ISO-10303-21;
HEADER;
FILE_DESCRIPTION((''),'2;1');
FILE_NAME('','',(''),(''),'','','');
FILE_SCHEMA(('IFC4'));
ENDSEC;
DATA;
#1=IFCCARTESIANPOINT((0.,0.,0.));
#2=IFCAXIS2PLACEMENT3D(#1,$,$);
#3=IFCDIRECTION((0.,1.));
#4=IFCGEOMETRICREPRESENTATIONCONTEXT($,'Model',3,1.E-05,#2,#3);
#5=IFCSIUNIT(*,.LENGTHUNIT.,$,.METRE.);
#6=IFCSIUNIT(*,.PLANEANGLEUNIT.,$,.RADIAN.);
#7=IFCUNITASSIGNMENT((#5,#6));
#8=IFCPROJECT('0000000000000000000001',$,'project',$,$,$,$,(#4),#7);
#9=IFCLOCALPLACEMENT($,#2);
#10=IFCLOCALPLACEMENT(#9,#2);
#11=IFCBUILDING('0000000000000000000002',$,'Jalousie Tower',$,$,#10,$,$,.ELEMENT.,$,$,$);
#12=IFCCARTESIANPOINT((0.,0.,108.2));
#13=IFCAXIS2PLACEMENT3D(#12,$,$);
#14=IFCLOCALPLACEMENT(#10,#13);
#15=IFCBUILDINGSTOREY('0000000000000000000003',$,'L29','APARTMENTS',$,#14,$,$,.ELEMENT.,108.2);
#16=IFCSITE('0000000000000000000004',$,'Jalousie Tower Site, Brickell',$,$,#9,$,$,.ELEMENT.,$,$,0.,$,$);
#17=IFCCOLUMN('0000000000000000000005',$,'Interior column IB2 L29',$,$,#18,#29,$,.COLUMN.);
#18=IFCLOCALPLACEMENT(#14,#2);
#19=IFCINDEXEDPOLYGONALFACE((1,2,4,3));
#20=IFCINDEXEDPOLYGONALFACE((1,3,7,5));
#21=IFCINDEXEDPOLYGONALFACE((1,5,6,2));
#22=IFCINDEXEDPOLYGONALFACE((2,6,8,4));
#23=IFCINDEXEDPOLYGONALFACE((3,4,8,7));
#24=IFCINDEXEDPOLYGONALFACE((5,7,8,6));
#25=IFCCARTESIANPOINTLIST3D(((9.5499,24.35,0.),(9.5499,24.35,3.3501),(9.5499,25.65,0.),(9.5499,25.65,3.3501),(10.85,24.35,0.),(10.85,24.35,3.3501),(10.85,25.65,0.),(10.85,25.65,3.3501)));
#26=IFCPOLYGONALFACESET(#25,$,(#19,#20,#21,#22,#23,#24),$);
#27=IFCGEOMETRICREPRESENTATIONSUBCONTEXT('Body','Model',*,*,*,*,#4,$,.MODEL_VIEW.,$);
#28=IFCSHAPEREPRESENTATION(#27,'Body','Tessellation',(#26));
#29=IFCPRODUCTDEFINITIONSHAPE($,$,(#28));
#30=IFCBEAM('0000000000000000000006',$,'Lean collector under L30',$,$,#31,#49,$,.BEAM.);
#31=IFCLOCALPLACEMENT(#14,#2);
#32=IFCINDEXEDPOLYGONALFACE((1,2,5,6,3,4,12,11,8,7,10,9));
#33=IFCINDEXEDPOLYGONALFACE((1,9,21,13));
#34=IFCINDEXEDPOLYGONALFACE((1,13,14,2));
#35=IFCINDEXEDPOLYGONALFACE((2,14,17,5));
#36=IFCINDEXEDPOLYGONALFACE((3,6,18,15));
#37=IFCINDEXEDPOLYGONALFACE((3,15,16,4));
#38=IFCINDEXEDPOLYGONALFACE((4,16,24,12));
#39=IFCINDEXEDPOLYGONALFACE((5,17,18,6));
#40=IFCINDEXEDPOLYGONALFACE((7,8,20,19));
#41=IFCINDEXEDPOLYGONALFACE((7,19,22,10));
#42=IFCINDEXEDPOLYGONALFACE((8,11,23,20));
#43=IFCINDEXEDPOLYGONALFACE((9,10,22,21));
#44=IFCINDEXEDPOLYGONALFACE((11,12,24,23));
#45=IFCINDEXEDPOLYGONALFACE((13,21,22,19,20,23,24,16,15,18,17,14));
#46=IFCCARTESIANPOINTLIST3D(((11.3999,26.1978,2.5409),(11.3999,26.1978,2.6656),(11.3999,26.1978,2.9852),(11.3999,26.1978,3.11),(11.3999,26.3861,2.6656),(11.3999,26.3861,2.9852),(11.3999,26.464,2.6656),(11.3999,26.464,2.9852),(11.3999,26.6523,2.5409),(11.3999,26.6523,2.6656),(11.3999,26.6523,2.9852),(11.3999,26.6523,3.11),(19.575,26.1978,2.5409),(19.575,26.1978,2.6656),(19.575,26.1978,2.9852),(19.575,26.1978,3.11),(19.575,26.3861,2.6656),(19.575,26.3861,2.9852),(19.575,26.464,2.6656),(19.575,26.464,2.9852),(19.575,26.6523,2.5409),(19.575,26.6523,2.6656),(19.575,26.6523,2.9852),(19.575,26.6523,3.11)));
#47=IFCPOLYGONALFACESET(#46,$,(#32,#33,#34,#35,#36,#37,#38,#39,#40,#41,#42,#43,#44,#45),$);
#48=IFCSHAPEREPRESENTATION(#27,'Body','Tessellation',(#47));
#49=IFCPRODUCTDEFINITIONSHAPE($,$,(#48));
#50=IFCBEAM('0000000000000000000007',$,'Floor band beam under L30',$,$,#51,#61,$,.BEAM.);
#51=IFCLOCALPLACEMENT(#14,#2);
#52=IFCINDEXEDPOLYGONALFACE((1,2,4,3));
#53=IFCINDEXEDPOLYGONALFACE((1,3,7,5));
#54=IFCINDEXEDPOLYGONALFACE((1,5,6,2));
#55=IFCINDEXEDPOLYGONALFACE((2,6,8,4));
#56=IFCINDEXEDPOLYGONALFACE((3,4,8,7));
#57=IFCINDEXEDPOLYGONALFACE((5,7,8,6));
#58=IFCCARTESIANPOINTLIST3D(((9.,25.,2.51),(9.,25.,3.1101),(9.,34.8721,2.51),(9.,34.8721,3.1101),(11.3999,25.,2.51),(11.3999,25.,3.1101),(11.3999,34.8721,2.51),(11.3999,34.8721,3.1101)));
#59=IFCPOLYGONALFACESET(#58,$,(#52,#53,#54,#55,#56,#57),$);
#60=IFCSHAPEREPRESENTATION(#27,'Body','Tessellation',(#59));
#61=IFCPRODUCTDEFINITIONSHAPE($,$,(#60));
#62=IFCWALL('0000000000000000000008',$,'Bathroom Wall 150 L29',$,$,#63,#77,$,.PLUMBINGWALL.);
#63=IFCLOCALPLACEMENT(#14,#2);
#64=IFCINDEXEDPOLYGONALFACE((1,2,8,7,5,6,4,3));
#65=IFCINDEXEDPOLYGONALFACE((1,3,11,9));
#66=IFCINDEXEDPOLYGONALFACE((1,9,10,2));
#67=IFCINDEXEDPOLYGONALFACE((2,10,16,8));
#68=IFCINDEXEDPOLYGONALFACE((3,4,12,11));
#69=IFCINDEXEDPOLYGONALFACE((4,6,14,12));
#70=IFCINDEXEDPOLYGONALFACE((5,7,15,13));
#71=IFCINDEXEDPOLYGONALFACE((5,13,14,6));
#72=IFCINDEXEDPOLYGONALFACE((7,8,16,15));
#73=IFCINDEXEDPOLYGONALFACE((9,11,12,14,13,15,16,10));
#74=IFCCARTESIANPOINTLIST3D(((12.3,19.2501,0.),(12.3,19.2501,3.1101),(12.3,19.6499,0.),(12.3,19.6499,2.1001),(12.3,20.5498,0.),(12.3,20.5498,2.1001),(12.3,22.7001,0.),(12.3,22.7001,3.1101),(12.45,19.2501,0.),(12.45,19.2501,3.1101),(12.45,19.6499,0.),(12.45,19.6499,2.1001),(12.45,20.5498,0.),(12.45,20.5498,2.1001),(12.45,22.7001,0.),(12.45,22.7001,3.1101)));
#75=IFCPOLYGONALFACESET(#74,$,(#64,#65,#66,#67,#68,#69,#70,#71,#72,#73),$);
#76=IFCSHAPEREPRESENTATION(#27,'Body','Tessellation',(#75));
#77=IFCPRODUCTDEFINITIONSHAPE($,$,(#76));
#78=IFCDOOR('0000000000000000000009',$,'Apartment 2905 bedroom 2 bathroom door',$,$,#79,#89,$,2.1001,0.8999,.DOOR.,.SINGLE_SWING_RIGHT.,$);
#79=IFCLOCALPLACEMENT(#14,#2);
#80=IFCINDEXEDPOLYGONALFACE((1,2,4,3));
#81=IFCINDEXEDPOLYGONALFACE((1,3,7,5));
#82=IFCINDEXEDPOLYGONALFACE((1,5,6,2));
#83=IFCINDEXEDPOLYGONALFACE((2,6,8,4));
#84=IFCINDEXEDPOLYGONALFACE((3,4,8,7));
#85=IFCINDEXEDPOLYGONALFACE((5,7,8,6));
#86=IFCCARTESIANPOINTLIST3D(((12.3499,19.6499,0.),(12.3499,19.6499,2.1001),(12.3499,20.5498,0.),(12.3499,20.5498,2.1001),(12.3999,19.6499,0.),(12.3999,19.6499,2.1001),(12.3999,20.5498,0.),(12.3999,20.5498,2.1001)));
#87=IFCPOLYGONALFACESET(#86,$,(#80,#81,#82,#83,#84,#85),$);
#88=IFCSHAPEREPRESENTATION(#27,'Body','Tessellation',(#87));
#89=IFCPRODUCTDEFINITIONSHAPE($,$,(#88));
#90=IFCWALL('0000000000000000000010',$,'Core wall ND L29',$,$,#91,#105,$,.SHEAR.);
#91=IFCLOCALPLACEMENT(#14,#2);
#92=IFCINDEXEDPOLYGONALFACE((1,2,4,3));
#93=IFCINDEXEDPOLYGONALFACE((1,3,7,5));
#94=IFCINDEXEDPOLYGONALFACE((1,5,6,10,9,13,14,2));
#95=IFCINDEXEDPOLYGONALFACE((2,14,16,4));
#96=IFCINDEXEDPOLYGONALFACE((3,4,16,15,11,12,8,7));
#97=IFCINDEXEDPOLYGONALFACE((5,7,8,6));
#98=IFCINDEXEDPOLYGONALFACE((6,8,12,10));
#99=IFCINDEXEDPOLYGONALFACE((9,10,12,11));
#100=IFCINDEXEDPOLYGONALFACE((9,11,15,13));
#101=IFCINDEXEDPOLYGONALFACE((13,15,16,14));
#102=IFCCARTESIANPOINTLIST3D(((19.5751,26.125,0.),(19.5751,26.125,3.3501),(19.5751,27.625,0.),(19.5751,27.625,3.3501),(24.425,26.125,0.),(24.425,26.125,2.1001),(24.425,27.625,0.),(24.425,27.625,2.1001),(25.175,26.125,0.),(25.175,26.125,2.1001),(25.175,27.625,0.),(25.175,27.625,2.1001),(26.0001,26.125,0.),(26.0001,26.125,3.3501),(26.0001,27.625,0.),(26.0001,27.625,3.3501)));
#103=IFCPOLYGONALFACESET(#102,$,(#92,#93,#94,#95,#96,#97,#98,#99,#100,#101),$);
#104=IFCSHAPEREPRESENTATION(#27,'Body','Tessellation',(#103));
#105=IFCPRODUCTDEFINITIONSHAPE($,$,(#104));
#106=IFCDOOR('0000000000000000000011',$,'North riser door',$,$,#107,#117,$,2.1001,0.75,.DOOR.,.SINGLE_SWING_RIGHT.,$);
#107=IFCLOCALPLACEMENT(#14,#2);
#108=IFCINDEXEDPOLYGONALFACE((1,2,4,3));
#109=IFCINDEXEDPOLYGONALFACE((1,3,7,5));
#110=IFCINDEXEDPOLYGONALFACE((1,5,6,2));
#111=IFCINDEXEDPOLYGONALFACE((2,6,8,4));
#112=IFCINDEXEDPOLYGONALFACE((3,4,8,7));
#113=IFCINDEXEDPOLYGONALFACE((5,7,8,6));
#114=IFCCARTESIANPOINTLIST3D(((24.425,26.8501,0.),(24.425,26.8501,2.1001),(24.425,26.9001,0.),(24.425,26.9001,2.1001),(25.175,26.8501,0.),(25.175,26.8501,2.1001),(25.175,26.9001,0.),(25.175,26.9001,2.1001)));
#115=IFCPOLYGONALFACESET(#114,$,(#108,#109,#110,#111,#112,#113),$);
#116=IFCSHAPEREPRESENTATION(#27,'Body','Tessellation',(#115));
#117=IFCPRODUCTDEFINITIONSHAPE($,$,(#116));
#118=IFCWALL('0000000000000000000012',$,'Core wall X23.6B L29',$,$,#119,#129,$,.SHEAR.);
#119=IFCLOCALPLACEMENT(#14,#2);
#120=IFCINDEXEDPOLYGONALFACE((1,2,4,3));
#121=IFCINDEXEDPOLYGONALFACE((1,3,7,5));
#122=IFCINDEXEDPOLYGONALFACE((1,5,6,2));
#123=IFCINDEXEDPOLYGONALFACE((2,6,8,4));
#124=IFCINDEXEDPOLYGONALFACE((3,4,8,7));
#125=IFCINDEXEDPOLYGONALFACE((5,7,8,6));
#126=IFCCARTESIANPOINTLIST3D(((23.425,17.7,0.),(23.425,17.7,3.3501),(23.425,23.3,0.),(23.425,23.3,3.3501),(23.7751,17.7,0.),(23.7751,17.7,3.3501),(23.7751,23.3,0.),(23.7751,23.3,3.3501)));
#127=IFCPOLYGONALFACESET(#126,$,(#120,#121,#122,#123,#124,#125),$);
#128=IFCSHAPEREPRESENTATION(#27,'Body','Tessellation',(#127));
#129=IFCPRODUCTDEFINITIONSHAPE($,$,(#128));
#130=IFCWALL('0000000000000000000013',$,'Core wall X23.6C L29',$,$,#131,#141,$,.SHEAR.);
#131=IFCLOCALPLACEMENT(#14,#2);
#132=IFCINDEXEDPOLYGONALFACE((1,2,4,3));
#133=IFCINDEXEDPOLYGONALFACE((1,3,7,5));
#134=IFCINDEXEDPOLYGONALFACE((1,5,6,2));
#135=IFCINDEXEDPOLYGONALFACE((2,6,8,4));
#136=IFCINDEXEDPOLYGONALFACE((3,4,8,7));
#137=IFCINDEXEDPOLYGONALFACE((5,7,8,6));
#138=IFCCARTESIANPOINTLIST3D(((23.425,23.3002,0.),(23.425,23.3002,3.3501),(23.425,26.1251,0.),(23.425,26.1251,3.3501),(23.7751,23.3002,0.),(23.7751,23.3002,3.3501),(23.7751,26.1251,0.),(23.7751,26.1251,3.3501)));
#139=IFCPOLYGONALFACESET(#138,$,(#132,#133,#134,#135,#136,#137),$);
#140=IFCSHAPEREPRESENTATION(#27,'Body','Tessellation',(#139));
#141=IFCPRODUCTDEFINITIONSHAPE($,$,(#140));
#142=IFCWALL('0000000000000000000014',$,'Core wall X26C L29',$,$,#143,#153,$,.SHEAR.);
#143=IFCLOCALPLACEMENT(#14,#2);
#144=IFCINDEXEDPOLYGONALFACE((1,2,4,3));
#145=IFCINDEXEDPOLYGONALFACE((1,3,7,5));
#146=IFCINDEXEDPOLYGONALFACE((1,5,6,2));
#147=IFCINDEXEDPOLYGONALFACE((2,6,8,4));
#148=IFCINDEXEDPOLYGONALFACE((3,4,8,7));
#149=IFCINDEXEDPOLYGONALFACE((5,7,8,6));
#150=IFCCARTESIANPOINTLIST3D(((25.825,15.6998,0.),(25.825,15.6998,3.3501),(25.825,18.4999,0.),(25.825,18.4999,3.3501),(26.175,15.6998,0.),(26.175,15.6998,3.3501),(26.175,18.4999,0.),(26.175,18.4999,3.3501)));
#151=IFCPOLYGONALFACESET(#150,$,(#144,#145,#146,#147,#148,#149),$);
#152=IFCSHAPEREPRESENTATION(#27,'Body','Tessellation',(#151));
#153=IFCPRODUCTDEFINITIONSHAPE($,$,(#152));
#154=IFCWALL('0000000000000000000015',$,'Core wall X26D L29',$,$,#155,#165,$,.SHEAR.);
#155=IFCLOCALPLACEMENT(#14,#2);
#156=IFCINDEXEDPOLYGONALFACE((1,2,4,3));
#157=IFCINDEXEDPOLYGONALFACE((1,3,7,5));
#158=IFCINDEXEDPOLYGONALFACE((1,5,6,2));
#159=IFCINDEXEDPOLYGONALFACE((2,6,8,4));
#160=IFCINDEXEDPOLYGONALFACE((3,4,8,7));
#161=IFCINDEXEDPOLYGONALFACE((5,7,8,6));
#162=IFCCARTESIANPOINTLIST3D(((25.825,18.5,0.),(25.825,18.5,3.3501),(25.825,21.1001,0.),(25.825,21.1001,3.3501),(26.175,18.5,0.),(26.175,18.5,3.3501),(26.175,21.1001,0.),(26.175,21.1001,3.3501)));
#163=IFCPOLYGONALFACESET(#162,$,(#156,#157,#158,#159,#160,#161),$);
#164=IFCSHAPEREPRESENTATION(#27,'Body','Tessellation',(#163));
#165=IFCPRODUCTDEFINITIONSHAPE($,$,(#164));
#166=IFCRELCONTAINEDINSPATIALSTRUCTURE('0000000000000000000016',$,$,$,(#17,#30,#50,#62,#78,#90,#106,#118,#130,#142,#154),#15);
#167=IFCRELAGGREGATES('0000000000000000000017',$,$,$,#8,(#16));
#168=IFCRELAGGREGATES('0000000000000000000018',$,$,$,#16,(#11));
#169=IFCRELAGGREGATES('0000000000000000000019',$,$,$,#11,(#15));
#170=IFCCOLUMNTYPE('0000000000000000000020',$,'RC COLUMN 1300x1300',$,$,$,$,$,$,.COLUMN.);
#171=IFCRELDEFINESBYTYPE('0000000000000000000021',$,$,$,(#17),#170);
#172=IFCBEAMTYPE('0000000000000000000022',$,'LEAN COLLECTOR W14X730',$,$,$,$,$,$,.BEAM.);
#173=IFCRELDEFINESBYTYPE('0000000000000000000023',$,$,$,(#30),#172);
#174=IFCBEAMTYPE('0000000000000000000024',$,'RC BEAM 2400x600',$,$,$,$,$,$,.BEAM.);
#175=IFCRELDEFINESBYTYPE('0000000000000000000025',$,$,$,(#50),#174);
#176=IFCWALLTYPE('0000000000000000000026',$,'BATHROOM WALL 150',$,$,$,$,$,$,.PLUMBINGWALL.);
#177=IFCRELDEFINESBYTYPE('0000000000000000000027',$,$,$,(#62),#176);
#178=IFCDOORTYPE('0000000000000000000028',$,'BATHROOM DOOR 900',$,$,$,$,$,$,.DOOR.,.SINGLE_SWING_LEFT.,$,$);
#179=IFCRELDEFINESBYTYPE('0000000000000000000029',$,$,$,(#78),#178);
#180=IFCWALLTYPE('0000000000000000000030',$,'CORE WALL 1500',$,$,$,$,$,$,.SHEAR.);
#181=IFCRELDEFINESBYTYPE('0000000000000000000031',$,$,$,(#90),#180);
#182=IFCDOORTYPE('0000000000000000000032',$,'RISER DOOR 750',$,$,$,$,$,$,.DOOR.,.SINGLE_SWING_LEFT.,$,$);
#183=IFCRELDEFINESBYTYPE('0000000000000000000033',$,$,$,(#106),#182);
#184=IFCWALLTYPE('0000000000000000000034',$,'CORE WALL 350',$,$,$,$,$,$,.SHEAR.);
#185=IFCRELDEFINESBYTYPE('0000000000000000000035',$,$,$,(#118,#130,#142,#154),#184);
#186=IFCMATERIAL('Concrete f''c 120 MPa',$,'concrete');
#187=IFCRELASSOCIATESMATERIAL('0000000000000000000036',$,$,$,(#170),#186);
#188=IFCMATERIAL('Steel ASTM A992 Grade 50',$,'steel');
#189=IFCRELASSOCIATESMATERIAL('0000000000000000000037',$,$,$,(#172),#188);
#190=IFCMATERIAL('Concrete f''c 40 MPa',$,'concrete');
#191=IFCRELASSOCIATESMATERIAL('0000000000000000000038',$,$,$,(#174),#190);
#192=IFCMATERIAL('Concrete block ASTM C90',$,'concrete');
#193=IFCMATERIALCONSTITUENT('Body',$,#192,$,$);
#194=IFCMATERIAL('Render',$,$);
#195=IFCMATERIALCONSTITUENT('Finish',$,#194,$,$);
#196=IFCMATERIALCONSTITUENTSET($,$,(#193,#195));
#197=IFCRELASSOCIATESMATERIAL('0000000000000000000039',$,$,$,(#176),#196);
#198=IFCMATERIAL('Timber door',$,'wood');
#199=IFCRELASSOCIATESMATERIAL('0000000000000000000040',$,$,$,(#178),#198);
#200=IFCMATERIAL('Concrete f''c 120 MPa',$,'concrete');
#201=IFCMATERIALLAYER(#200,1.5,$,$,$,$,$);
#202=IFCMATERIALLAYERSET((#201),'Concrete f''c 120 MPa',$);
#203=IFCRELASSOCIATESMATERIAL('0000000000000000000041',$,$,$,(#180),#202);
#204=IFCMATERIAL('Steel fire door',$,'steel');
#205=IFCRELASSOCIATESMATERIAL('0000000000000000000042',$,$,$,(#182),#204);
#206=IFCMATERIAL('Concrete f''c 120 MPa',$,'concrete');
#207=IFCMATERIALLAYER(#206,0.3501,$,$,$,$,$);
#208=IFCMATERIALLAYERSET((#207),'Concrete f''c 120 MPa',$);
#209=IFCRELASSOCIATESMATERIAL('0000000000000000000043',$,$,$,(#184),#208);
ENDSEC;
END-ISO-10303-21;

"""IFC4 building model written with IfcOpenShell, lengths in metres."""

from ifc_helpers import new_model, si_unit, direction, frame, frame_2d, origin, origin_2d, place, context, subcontext, project, spatial, rectangle, i_section, extrude, material, layer, layer_set, constituent, constituent_set, material_profile, profile_set, type_object, element, fill, save


model = new_model("IFC4")

# Units and contexts
model_context = context("Model", 3, precision=1e-05, world=origin(), true_north=direction((0.0, 1.0)))
body_context = subcontext(model_context, "Body", "Model", "MODEL_VIEW")
ifc_project = project(units=[si_unit("LENGTHUNIT", "METRE"), si_unit("PLANEANGLEUNIT", "RADIAN")], contexts=[model_context])

# Site, building, storey
site_placement = place(None, origin())
site = spatial("IfcSite", under=ifc_project, at=site_placement, Name="Jalousie Tower Site, Brickell", CompositionType="ELEMENT", RefElevation=0.0)
building_placement = place(site_placement, origin())
building = spatial("IfcBuilding", under=site, at=building_placement, Name="Jalousie Tower", CompositionType="ELEMENT")
storey_placement = place(building_placement, frame((0.0, 0.0, 108.2)))
storey = spatial("IfcBuildingStorey", under=building, at=storey_placement, Name="L29", Description="APARTMENTS", CompositionType="ELEMENT", Elevation=108.2)

# Column
ifc_material_1 = material(Name="Concrete f'c 120 MPa", Category="concrete")
ifc_material_profile_1 = material_profile(ifc_material_1, rectangle(XDim=1.3, YDim=1.3, at=origin_2d()), Name="RC 1300x1300")
ifc_profile_set_1 = profile_set([ifc_material_profile_1], Name="Concrete f'c 120 MPa")
column_type = type_object("IfcColumnType", Name="RC COLUMN 1300x1300", PredefinedType="COLUMN", material=ifc_profile_set_1)
column_placement = place(storey_placement, frame((10.2, 25.0, 0.0), z_axis=(0.0, 0.0, 1.0), x_axis=(1.0, 0.0, 0.0)))
element("IfcColumn", 1, at=column_placement, inside=storey, type_object=column_type, Name="Interior column IB2 L29", PredefinedType="COLUMN", context=body_context, shape_type="SweptSolid", body=[
    extrude(rectangle(XDim=1.3, YDim=1.3, at=origin_2d()), origin(), (0.0, 0.0, 1.0), 3.3501),
])

# Beams
ifc_material_2 = material(Name="Steel ASTM A992 Grade 50", Category="steel")
ifc_material_profile_2 = material_profile(ifc_material_2, i_section(OverallWidth=0.4546, OverallDepth=0.5691, WebThickness=0.0779, FlangeThickness=0.1248, at=origin_2d()), Name="W14X730")
ifc_profile_set_2 = profile_set([ifc_material_profile_2], Name="Steel ASTM A992 Grade 50")
beam_type_1 = type_object("IfcBeamType", Name="LEAN COLLECTOR W14X730", PredefinedType="BEAM", material=ifc_profile_set_2)
beam_1_placement = place(storey_placement, frame((11.3999, 26.425, 2.8254), z_axis=(1.0, 0.0, 0.0), x_axis=(0.0, 1.0, 0.0)))
element("IfcBeam", 2, at=beam_1_placement, inside=storey, type_object=beam_type_1, Name="Lean collector under L30", PredefinedType="BEAM", context=body_context, shape_type="SweptSolid", body=[
    extrude(i_section(OverallWidth=0.4546, OverallDepth=0.5691, WebThickness=0.0779, FlangeThickness=0.1248, at=origin_2d()), origin(), (0.0, 0.0, 1.0), 8.175),
])
ifc_material_3 = material(Name="Concrete f'c 40 MPa", Category="concrete")
ifc_material_profile_3 = material_profile(ifc_material_3, rectangle(XDim=2.3999, YDim=0.6001, at=origin_2d()), Name="RC 2400x600")
ifc_profile_set_3 = profile_set([ifc_material_profile_3], Name="Concrete f'c 40 MPa")
beam_type_2 = type_object("IfcBeamType", Name="RC BEAM 2400x600", PredefinedType="BEAM", material=ifc_profile_set_3)
beam_2_placement = place(storey_placement, frame((10.2, 25.0, 2.8101), z_axis=(0.0, 1.0, 0.0), x_axis=(-1.0, 0.0, 0.0)))
element("IfcBeam", 3, at=beam_2_placement, inside=storey, type_object=beam_type_2, Name="Floor band beam under L30", PredefinedType="BEAM", context=body_context, shape_type="SweptSolid", body=[
    extrude(rectangle(XDim=2.3999, YDim=0.6001, at=origin_2d()), origin(), (0.0, 0.0, 1.0), 9.8721),
])

# Walls, openings, doors
ifc_material_4 = material(Name="Concrete block ASTM C90", Category="concrete")
ifc_constituent_1 = constituent(ifc_material_4, Name="Body")
ifc_material_5 = material(Name="Render")
ifc_constituent_2 = constituent(ifc_material_5, Name="Finish")
ifc_constituent_set_1 = constituent_set(constituents=[ifc_constituent_1, ifc_constituent_2])
wall_type_1 = type_object("IfcWallType", Name="BATHROOM WALL 150", PredefinedType="PLUMBINGWALL", material=ifc_constituent_set_1)
wall_1_placement = place(storey_placement, frame((12.375, 19.25, 0.0), z_axis=(0.0, 0.0, 1.0), x_axis=(0.0, 1.0, 0.0)))
wall_1 = element("IfcWall", 4, at=wall_1_placement, inside=storey, type_object=wall_type_1, Name="Bathroom Wall 150 L29", PredefinedType="PLUMBINGWALL", context=body_context, shape_type="SweptSolid", body=[
    extrude(rectangle(XDim=3.45, YDim=0.1499, at=frame_2d((1.7251, 0.0))), origin(), (0.0, 0.0, 1.0), 3.1101),
])
opening_1_placement = place(wall_1_placement, frame((0.3999, 0.0, 0.0)))
opening_1 = element("IfcOpeningElement", 5, at=opening_1_placement, cuts=wall_1, PredefinedType="OPENING", context=body_context, shape_type="SweptSolid", body=[
    extrude(rectangle(XDim=0.8999, YDim=2.1001, at=frame_2d((0.45, 1.05))), frame((0.0, 0.085, 0.0), z_axis=(0.0, -1.0, 0.0), x_axis=(1.0, 0.0, 0.0)), (0.0, 0.0, 1.0), 0.1699),
])
ifc_material_6 = material(Name="Timber door", Category="wood")
door_type_1 = type_object("IfcDoorType", Name="BATHROOM DOOR 900", OperationType="SINGLE_SWING_LEFT", PredefinedType="DOOR", material=ifc_material_6)
door_1_placement = place(opening_1_placement, frame((0.8999, 0.0, 0.0), z_axis=(0.0, 0.0, 1.0), x_axis=(-1.0, 0.0, 0.0)))
door_1 = element("IfcDoor", 6, at=door_1_placement, inside=storey, type_object=door_type_1, Name="Apartment 2905 bedroom 2 bathroom door", OperationType="SINGLE_SWING_RIGHT", OverallHeight=2.1001, OverallWidth=0.8999, PredefinedType="DOOR", context=body_context, shape_type="SweptSolid", body=[
    extrude(rectangle(XDim=0.8999, YDim=2.1001, at=frame_2d((0.45, 1.05))), frame((0.0, 0.0249, 0.0), z_axis=(0.0, -1.0, 0.0), x_axis=(1.0, 0.0, 0.0)), (0.0, 0.0, 1.0), 0.05),
])
fill(opening_1, door_1)
ifc_material_7 = material(Name="Concrete f'c 120 MPa", Category="concrete")
ifc_layer_1 = layer(ifc_material_7, 1.5)
ifc_layer_set_1 = layer_set([ifc_layer_1], Name="Concrete f'c 120 MPa")
wall_type_2 = type_object("IfcWallType", Name="CORE WALL 1500", PredefinedType="SHEAR", material=ifc_layer_set_1)
wall_2_placement = place(storey_placement, frame((26.0, 26.875, 0.0), z_axis=(0.0, 0.0, 1.0), x_axis=(-1.0, 0.0, 0.0)))
wall_2 = element("IfcWall", 7, at=wall_2_placement, inside=storey, type_object=wall_type_2, Name="Core wall ND L29", PredefinedType="SHEAR", context=body_context, shape_type="SweptSolid", body=[
    extrude(rectangle(XDim=6.425, YDim=1.5, at=frame_2d((3.2124, 0.0))), origin(), (0.0, 0.0, 1.0), 3.3501),
])
opening_2_placement = place(wall_2_placement, frame((0.825, 0.0, 0.0)))
opening_2 = element("IfcOpeningElement", 8, at=opening_2_placement, cuts=wall_2, PredefinedType="OPENING", context=body_context, shape_type="SweptSolid", body=[
    extrude(rectangle(XDim=0.75, YDim=2.1001, at=frame_2d((0.375, 1.05))), frame((0.0, 0.76, 0.0), z_axis=(0.0, -1.0, 0.0), x_axis=(1.0, 0.0, 0.0)), (0.0, 0.0, 1.0), 1.52),
])
ifc_material_8 = material(Name="Steel fire door", Category="steel")
door_type_2 = type_object("IfcDoorType", Name="RISER DOOR 750", OperationType="SINGLE_SWING_LEFT", PredefinedType="DOOR", material=ifc_material_8)
door_2_placement = place(opening_2_placement, origin())
door_2 = element("IfcDoor", 9, at=door_2_placement, inside=storey, type_object=door_type_2, Name="North riser door", OperationType="SINGLE_SWING_RIGHT", OverallHeight=2.1001, OverallWidth=0.75, PredefinedType="DOOR", context=body_context, shape_type="SweptSolid", body=[
    extrude(rectangle(XDim=0.75, YDim=2.1001, at=frame_2d((0.375, 1.05))), frame((0.0, 0.0249, 0.0), z_axis=(0.0, -1.0, 0.0), x_axis=(1.0, 0.0, 0.0)), (0.0, 0.0, 1.0), 0.05),
])
fill(opening_2, door_2)

# Walls
ifc_material_9 = material(Name="Concrete f'c 120 MPa", Category="concrete")
ifc_layer_2 = layer(ifc_material_9, 0.3501)
ifc_layer_set_2 = layer_set([ifc_layer_2], Name="Concrete f'c 120 MPa")
wall_type_3 = type_object("IfcWallType", Name="CORE WALL 350", PredefinedType="SHEAR", material=ifc_layer_set_2)
wall_3_placement = place(storey_placement, frame((23.6001, 17.7, 0.0), z_axis=(0.0, 0.0, 1.0), x_axis=(0.0, 1.0, 0.0)))
element("IfcWall", 10, at=wall_3_placement, inside=storey, type_object=wall_type_3, Name="Core wall X23.6B L29", PredefinedType="SHEAR", context=body_context, shape_type="SweptSolid", body=[
    extrude(rectangle(XDim=5.6001, YDim=0.3501, at=frame_2d((2.8, 0.0))), origin(), (0.0, 0.0, 1.0), 3.3501),
])
wall_4_placement = place(storey_placement, frame((23.6001, 23.3, 0.0), z_axis=(0.0, 0.0, 1.0), x_axis=(0.0, 1.0, 0.0)))
element("IfcWall", 11, at=wall_4_placement, inside=storey, type_object=wall_type_3, Name="Core wall X23.6C L29", PredefinedType="SHEAR", context=body_context, shape_type="SweptSolid", body=[
    extrude(rectangle(XDim=2.825, YDim=0.3501, at=frame_2d((1.4126, 0.0))), origin(), (0.0, 0.0, 1.0), 3.3501),
])
wall_5_placement = place(storey_placement, frame((26.0, 15.7, 0.0), z_axis=(0.0, 0.0, 1.0), x_axis=(0.0, 1.0, 0.0)))
element("IfcWall", 12, at=wall_5_placement, inside=storey, type_object=wall_type_3, Name="Core wall X26C L29", PredefinedType="SHEAR", context=body_context, shape_type="SweptSolid", body=[
    extrude(rectangle(XDim=2.8, YDim=0.3501, at=frame_2d((1.3999, 0.0))), origin(), (0.0, 0.0, 1.0), 3.3501),
])
wall_6_placement = place(storey_placement, frame((26.0, 18.5, 0.0), z_axis=(0.0, 0.0, 1.0), x_axis=(0.0, 1.0, 0.0)))
element("IfcWall", 13, at=wall_6_placement, inside=storey, type_object=wall_type_3, Name="Core wall X26D L29", PredefinedType="SHEAR", context=body_context, shape_type="SweptSolid", body=[
    extrude(rectangle(XDim=2.6001, YDim=0.3501, at=frame_2d((1.3, 0.0))), origin(), (0.0, 0.0, 1.0), 3.3501),
])

save(model, "model.ifc")
